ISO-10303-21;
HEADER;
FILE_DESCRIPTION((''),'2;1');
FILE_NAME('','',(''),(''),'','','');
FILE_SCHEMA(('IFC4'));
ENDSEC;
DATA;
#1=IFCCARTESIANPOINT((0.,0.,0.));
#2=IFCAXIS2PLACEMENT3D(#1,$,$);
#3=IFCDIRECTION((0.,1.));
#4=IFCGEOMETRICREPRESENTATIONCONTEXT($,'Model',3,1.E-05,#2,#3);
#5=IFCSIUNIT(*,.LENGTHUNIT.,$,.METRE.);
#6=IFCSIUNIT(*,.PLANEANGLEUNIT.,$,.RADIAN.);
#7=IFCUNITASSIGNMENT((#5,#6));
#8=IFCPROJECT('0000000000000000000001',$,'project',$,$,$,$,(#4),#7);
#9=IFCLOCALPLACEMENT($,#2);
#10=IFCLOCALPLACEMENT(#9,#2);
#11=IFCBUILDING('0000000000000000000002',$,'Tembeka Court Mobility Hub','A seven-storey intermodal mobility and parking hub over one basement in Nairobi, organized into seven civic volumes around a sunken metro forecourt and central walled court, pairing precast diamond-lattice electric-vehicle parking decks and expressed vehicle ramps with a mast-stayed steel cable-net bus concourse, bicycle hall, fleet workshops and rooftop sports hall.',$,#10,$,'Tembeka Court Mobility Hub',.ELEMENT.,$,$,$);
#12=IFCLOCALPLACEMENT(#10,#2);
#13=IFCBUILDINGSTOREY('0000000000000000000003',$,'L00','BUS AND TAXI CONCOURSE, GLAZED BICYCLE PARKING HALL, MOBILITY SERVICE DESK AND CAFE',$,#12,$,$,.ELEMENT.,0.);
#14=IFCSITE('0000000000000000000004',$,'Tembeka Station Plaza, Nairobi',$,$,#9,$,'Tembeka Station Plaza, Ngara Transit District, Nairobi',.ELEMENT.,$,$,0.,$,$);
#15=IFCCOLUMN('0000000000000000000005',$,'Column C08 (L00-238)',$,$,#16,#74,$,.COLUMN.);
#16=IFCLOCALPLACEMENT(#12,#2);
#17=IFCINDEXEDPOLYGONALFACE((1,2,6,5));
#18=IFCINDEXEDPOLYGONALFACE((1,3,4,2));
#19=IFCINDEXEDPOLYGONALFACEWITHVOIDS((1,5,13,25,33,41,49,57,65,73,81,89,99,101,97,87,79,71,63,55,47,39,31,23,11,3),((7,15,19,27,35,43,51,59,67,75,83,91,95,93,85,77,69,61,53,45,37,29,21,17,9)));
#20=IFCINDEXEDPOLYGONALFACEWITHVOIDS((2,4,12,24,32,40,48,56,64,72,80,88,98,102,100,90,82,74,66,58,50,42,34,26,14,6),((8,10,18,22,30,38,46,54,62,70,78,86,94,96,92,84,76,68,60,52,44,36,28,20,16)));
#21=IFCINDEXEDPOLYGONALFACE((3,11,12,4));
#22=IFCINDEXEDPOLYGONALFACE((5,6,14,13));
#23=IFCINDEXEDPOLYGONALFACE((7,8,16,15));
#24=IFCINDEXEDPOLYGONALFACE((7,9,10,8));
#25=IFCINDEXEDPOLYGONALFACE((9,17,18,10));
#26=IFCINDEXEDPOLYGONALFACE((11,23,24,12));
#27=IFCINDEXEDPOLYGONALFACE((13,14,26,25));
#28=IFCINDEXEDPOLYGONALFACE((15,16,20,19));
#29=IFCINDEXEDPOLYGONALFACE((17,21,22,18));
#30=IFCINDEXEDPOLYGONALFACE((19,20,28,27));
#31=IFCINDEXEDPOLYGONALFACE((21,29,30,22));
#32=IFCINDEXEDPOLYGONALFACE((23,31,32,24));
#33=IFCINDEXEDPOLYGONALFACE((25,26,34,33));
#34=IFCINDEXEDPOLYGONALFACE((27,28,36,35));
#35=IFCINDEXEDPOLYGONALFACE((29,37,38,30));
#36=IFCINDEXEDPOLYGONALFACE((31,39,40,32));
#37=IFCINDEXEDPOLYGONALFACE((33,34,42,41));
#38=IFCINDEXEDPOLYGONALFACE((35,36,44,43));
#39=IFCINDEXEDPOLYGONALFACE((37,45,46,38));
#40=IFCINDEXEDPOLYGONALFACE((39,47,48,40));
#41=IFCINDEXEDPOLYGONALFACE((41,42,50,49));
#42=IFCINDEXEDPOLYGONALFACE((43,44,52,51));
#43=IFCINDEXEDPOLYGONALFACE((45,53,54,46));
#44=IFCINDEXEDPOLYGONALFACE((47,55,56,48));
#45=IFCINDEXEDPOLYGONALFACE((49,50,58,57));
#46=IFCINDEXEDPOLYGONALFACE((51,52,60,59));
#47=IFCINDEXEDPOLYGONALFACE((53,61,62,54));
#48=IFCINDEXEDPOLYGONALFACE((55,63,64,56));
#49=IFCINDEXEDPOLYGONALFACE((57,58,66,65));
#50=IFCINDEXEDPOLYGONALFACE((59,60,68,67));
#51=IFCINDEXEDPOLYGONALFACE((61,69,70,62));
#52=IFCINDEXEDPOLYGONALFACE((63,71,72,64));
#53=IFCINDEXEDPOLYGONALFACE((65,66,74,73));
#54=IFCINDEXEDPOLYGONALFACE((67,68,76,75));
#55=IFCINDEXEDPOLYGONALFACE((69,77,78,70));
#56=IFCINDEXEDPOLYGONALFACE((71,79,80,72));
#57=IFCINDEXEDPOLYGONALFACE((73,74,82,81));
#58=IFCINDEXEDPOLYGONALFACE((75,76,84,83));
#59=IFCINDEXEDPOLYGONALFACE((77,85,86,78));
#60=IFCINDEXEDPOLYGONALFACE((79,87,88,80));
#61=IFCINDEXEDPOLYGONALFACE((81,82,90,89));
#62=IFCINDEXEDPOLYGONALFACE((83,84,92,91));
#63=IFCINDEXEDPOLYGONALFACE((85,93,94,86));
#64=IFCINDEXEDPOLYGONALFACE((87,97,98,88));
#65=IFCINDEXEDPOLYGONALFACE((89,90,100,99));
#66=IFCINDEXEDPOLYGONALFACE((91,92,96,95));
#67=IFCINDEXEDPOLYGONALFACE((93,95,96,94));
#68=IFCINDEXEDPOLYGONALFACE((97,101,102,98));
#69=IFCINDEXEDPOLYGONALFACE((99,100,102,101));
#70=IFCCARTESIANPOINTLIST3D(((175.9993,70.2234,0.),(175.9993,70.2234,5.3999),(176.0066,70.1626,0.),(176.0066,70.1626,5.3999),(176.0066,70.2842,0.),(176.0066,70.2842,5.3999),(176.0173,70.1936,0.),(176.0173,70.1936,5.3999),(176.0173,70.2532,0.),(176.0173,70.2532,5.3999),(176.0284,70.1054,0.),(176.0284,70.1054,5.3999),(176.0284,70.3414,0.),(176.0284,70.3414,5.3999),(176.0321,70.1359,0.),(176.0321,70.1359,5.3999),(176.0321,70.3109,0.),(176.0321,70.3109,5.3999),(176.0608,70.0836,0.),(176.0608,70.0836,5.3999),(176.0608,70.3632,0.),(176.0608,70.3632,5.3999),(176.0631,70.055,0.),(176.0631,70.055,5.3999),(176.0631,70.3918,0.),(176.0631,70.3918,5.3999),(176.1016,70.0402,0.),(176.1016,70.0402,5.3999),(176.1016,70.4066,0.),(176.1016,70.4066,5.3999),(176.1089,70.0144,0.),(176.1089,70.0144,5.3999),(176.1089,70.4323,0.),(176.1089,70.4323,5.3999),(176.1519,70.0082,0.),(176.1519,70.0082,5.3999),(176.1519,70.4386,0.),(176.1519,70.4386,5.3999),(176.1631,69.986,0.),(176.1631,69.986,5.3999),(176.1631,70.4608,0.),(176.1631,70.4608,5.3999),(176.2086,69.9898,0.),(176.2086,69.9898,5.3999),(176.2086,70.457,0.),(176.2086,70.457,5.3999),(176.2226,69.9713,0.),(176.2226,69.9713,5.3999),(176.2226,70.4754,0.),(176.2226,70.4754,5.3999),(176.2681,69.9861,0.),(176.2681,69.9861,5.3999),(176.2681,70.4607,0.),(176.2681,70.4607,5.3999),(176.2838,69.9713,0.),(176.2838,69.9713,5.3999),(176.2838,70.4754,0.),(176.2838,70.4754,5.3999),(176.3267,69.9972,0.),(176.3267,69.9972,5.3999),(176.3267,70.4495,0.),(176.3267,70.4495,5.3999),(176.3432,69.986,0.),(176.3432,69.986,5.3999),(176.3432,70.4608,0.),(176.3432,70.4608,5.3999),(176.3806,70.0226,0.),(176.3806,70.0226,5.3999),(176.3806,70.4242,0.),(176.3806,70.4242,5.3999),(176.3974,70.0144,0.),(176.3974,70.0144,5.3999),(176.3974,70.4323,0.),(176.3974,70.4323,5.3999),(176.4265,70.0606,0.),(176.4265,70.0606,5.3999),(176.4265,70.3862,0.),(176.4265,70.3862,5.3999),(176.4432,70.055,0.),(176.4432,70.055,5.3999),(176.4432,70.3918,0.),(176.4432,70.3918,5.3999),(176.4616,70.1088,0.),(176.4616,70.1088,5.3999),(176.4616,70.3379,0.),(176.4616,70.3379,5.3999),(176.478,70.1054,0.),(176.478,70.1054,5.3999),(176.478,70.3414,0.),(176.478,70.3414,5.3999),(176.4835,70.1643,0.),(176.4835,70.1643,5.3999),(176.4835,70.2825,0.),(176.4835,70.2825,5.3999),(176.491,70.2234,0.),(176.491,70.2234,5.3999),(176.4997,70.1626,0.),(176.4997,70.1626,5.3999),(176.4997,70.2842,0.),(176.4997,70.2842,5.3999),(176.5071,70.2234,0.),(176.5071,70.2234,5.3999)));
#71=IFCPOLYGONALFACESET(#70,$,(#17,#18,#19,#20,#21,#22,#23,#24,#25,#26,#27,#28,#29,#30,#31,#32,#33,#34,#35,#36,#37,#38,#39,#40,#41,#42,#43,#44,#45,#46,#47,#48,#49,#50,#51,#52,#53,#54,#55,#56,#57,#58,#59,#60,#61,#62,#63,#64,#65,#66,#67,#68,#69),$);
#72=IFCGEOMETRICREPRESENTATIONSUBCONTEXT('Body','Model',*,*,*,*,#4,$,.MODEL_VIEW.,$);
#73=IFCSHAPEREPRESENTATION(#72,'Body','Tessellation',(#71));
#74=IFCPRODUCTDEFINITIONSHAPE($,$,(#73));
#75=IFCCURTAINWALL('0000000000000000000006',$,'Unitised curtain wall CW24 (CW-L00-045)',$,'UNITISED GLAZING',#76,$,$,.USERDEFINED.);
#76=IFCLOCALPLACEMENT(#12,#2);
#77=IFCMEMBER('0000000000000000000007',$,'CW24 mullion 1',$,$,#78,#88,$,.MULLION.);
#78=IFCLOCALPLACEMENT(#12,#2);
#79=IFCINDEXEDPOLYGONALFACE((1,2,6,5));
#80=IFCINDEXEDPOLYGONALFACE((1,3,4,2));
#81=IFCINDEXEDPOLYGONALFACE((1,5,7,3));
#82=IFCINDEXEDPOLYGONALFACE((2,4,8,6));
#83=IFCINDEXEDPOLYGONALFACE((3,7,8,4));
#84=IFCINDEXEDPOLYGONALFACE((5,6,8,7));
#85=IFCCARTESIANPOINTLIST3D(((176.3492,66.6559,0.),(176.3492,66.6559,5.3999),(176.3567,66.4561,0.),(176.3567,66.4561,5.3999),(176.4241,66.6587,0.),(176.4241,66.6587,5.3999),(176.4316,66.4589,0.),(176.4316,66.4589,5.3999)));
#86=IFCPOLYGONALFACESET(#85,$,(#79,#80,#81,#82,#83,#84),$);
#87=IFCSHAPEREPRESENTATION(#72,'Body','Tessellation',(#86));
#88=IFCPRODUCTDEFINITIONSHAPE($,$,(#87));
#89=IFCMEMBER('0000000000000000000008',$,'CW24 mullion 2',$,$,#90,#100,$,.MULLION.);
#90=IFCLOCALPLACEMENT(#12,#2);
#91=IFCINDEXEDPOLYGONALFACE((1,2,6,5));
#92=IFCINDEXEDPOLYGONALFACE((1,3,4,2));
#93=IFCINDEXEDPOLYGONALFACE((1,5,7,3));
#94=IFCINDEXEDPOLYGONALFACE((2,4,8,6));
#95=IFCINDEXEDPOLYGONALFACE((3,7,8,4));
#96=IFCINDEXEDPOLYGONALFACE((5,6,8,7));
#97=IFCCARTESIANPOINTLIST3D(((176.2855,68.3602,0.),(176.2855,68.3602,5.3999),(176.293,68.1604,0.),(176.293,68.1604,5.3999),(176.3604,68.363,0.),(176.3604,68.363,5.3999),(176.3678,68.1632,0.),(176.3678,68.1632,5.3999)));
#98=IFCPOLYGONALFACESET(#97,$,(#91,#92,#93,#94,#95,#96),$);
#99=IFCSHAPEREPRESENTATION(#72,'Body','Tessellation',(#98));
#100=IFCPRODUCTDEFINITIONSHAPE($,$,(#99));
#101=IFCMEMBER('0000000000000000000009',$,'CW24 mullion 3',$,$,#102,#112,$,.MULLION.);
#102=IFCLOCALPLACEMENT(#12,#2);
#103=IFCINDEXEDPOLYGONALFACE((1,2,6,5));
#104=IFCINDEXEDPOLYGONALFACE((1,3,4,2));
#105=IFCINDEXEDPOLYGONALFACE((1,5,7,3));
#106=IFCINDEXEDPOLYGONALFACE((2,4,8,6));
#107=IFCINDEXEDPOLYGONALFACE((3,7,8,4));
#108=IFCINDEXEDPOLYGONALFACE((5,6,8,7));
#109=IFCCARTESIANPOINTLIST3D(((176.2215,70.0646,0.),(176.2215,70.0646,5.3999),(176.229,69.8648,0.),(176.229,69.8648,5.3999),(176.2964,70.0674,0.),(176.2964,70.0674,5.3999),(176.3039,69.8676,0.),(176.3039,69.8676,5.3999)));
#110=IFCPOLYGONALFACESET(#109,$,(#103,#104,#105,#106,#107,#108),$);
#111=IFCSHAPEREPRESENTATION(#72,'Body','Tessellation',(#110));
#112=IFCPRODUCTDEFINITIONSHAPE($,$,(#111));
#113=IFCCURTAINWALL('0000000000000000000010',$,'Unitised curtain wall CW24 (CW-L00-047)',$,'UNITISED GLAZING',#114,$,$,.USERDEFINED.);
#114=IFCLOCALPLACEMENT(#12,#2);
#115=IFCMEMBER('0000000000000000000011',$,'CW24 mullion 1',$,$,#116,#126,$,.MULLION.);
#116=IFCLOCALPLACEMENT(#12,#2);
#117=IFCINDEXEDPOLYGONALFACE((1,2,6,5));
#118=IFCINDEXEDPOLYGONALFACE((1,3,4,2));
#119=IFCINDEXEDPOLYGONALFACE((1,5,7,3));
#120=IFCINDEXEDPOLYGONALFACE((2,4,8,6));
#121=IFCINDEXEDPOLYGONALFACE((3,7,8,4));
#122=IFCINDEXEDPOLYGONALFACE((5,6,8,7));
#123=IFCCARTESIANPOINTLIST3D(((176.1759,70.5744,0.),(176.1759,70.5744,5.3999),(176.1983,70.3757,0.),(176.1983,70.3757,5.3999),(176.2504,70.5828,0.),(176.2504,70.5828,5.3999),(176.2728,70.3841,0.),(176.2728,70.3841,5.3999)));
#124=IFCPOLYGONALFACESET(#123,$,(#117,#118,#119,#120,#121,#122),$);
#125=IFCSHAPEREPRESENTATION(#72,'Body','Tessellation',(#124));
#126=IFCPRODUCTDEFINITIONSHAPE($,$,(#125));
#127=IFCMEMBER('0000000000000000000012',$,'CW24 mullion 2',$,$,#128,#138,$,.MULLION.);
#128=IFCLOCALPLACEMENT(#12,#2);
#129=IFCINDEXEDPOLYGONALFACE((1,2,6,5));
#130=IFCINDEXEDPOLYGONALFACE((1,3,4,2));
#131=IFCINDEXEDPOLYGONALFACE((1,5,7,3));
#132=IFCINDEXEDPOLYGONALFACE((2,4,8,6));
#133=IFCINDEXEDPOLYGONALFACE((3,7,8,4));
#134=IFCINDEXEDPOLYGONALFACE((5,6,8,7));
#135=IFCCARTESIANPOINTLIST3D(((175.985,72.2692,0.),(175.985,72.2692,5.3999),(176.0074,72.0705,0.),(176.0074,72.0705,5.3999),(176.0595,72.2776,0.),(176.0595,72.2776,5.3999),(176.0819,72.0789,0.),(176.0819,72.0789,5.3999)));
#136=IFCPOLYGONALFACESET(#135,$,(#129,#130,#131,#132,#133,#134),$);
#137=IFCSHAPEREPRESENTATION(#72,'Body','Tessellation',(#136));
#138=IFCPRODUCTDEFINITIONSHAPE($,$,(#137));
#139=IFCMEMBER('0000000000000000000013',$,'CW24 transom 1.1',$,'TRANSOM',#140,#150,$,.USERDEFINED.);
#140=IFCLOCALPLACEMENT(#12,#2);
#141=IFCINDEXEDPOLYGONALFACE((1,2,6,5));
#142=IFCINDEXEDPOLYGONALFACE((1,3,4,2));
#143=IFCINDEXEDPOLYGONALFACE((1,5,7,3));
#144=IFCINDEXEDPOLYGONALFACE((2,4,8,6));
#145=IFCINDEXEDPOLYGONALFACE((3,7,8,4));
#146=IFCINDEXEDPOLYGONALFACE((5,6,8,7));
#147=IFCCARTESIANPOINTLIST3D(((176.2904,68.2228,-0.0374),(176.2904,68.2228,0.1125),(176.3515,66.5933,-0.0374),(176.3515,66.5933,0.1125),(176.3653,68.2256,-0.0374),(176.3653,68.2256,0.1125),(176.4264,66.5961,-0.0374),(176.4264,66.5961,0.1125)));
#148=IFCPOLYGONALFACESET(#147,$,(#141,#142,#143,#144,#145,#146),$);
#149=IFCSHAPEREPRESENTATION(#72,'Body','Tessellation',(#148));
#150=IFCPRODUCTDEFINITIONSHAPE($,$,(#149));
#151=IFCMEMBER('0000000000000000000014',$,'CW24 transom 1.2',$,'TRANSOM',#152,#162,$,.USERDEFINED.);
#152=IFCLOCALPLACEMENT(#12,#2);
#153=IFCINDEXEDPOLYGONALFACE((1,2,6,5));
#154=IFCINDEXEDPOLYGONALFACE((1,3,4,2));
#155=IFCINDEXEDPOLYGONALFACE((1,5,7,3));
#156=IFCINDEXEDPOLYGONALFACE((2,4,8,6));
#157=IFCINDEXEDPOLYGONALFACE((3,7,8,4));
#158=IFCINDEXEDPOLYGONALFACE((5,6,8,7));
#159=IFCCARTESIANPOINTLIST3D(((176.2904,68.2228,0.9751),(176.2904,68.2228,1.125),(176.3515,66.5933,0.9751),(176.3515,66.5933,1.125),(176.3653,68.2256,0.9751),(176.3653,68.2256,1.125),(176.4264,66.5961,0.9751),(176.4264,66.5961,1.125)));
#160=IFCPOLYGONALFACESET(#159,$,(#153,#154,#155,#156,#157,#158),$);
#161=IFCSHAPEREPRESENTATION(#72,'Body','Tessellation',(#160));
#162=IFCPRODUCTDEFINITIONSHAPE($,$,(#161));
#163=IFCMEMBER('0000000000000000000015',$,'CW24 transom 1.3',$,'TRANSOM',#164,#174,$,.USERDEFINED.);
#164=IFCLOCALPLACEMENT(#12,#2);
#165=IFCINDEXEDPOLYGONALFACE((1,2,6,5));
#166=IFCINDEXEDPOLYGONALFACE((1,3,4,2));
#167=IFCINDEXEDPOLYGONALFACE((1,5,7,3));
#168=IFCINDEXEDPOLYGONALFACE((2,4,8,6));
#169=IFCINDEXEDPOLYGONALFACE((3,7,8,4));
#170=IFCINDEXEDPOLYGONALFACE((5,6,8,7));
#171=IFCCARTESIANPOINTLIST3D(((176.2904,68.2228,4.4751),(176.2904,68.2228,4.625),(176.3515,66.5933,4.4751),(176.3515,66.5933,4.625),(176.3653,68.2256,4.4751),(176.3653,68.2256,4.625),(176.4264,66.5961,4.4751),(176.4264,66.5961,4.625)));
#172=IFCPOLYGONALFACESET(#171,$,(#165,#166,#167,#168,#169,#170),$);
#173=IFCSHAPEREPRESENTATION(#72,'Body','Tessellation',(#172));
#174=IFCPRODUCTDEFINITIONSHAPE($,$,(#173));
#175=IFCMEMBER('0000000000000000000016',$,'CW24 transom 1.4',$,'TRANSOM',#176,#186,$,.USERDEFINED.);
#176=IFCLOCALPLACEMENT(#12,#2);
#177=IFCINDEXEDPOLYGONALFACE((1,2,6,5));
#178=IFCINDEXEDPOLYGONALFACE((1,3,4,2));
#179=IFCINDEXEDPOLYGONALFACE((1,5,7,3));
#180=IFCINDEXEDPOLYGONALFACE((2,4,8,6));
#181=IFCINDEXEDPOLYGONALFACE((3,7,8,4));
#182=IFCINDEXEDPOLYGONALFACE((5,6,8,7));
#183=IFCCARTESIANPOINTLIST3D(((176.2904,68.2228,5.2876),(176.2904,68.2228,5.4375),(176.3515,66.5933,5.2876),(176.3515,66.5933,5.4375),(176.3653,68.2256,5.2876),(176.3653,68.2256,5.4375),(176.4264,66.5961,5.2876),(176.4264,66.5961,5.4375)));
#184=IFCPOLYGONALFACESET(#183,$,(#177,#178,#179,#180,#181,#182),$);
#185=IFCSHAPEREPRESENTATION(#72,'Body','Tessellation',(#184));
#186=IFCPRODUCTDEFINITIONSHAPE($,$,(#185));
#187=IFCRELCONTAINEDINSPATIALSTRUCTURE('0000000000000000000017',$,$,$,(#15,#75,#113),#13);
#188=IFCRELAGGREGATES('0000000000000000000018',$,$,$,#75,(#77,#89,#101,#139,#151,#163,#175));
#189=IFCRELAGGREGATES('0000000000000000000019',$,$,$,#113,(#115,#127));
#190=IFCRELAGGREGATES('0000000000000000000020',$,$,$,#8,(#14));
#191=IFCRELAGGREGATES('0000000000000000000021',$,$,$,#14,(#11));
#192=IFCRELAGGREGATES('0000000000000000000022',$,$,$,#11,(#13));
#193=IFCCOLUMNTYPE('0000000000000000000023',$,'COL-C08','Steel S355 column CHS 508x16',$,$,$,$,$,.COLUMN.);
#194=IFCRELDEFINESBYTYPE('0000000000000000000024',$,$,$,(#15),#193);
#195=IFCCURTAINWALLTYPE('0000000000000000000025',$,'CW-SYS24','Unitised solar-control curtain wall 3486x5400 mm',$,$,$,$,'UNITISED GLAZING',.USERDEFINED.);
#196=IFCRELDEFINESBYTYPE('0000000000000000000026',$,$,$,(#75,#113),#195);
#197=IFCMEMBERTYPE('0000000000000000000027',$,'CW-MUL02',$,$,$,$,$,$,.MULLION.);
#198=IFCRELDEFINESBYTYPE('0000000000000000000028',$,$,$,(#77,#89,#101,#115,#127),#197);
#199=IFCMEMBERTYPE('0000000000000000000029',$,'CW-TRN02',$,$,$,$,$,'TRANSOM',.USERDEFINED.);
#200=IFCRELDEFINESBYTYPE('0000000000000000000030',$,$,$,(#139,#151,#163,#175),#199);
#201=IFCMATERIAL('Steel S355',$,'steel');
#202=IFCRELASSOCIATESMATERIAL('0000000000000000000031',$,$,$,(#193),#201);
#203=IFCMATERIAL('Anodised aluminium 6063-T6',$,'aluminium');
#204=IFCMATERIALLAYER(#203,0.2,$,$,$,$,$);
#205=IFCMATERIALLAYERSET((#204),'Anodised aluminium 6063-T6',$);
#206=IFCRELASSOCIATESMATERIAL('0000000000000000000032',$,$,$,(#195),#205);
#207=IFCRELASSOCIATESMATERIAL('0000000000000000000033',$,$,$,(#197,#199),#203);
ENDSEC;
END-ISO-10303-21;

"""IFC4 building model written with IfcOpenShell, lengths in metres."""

from ifc_helpers import new_model, si_unit, direction, frame, origin, origin_2d, place, context, subcontext, project, spatial, rectangle, hollow_circle, extrude, material, layer, layer_set, material_profile, profile_set, type_object, element, aggregate, save


model = new_model("IFC4")

# Units and contexts
model_context = context("Model", 3, precision=1e-05, world=origin(), true_north=direction((0.0, 1.0)))
body_context = subcontext(model_context, "Body", "Model", "MODEL_VIEW")
ifc_project = project(units=[si_unit("LENGTHUNIT", "METRE"), si_unit("PLANEANGLEUNIT", "RADIAN")], contexts=[model_context])

# Site, building, storey
site_placement = place(None, origin())
site = spatial("IfcSite", under=ifc_project, at=site_placement, Name="Tembeka Station Plaza, Nairobi", LongName="Tembeka Station Plaza, Ngara Transit District, Nairobi", CompositionType="ELEMENT", RefElevation=0.0)
building_placement = place(site_placement, origin())
building = spatial("IfcBuilding", under=site, at=building_placement, Name="Tembeka Court Mobility Hub", Description="A seven-storey intermodal mobility and parking hub over one basement in Nairobi, organized into seven civic volumes around a sunken metro forecourt and central walled court, pairing precast diamond-lattice electric-vehicle parking decks and expressed vehicle ramps with a mast-stayed steel cable-net bus concourse, bicycle hall, fleet workshops and rooftop sports hall.", LongName="Tembeka Court Mobility Hub", CompositionType="ELEMENT")
storey_placement = place(building_placement, origin())
storey = spatial("IfcBuildingStorey", under=building, at=storey_placement, Name="L00", Description="BUS AND TAXI CONCOURSE, GLAZED BICYCLE PARKING HALL, MOBILITY SERVICE DESK AND CAFE", CompositionType="ELEMENT", Elevation=0.0)

# Column
ifc_material_1 = material(Name="Steel S355", Category="steel")
ifc_material_profile_1 = material_profile(ifc_material_1, hollow_circle(Radius=0.2539, WallThickness=0.0161, at=origin_2d()), Name="CHS 508x16")
ifc_profile_set_1 = profile_set([ifc_material_profile_1], Name="Steel S355")
column_type = type_object("IfcColumnType", Name="COL-C08", Description="Steel S355 column CHS 508x16", PredefinedType="COLUMN", material=ifc_profile_set_1)
column_placement = place(storey_placement, frame((176.2532, 70.2234, 0.0), z_axis=(0.0, 0.0, 1.0), x_axis=(1.0, 0.0, 0.0)))
element("IfcColumn", 1, at=column_placement, inside=storey, type_object=column_type, Name="Column C08 (L00-238)", PredefinedType="COLUMN", context=body_context, shape_type="SweptSolid", body=[
    extrude(hollow_circle(Radius=0.2539, WallThickness=0.0161, at=origin_2d()), origin(), (0.0, 0.0, 1.0), 5.3999),
])

# Curtain walls, members
ifc_material_2 = material(Name="Anodised aluminium 6063-T6", Category="aluminium")
ifc_layer_1 = layer(ifc_material_2, 0.2)
ifc_layer_set_1 = layer_set([ifc_layer_1], Name="Anodised aluminium 6063-T6")
curtain_wall_type = type_object("IfcCurtainWallType", Name="CW-SYS24", Description="Unitised solar-control curtain wall 3486x5400 mm", ElementType="UNITISED GLAZING", PredefinedType="USERDEFINED", material=ifc_layer_set_1)
curtain_wall_1_placement = place(storey_placement, origin())
curtain_wall_1 = element("IfcCurtainWall", 2, at=curtain_wall_1_placement, inside=storey, type_object=curtain_wall_type, Name="Unitised curtain wall CW24 (CW-L00-045)", ObjectType="UNITISED GLAZING", PredefinedType="USERDEFINED")
ifc_material_profile_2 = material_profile(ifc_material_2, rectangle(XDim=0.075, YDim=0.2, at=origin_2d()), Name="ALU-MUL 75x200")
ifc_profile_set_2 = profile_set([ifc_material_profile_2], Name="Anodised aluminium 6063-T6")
member_type_1 = type_object("IfcMemberType", Name="CW-MUL02", PredefinedType="MULLION", material=ifc_profile_set_2)
member_1_placement = place(storey_placement, frame((176.3904, 66.5574, 0.0), z_axis=(0.0, 0.0, 1.0), x_axis=(-0.9993, -0.037405, 0.0)))
member_1 = element("IfcMember", 3, at=member_1_placement, type_object=member_type_1, Name="CW24 mullion 1", PredefinedType="MULLION", context=body_context, shape_type="SweptSolid", body=[
    extrude(rectangle(XDim=0.075, YDim=0.2, at=origin_2d()), origin(), (0.0, 0.0, 1.0), 5.3999),
])
member_2_placement = place(storey_placement, frame((176.3267, 68.2617, 0.0), z_axis=(0.0, 0.0, 1.0), x_axis=(-0.9993, -0.037405, 0.0)))
member_2 = element("IfcMember", 4, at=member_2_placement, type_object=member_type_1, Name="CW24 mullion 2", PredefinedType="MULLION", context=body_context, shape_type="SweptSolid", body=[
    extrude(rectangle(XDim=0.075, YDim=0.2, at=origin_2d()), origin(), (0.0, 0.0, 1.0), 5.3999),
])
member_3_placement = place(storey_placement, frame((176.2627, 69.9661, 0.0), z_axis=(0.0, 0.0, 1.0), x_axis=(-0.9993, -0.037405, 0.0)))
member_3 = element("IfcMember", 5, at=member_3_placement, type_object=member_type_1, Name="CW24 mullion 3", PredefinedType="MULLION", context=body_context, shape_type="SweptSolid", body=[
    extrude(rectangle(XDim=0.075, YDim=0.2, at=origin_2d()), origin(), (0.0, 0.0, 1.0), 5.3999),
])
curtain_wall_2_placement = place(storey_placement, origin())
curtain_wall_2 = element("IfcCurtainWall", 6, at=curtain_wall_2_placement, inside=storey, type_object=curtain_wall_type, Name="Unitised curtain wall CW24 (CW-L00-047)", ObjectType="UNITISED GLAZING", PredefinedType="USERDEFINED")
member_4_placement = place(storey_placement, frame((176.2244, 70.4792, 0.0), z_axis=(0.0, 0.0, 1.0), x_axis=(-0.99371, -0.111987, 0.0)))
member_4 = element("IfcMember", 7, at=member_4_placement, type_object=member_type_1, Name="CW24 mullion 1", PredefinedType="MULLION", context=body_context, shape_type="SweptSolid", body=[
    extrude(rectangle(XDim=0.075, YDim=0.2, at=origin_2d()), origin(), (0.0, 0.0, 1.0), 5.3999),
])
member_5_placement = place(storey_placement, frame((176.0334, 72.1741, 0.0), z_axis=(0.0, 0.0, 1.0), x_axis=(-0.99371, -0.111987, 0.0)))
member_5 = element("IfcMember", 8, at=member_5_placement, type_object=member_type_1, Name="CW24 mullion 2", PredefinedType="MULLION", context=body_context, shape_type="SweptSolid", body=[
    extrude(rectangle(XDim=0.075, YDim=0.2, at=origin_2d()), origin(), (0.0, 0.0, 1.0), 5.3999),
])

# Members
ifc_material_profile_3 = material_profile(ifc_material_2, rectangle(XDim=0.075, YDim=0.1499, at=origin_2d()), Name="ALU-TRN 75x150")
ifc_profile_set_3 = profile_set([ifc_material_profile_3], Name="Anodised aluminium 6063-T6")
member_type_2 = type_object("IfcMemberType", Name="CW-TRN02", ElementType="TRANSOM", PredefinedType="USERDEFINED", material=ifc_profile_set_3)
member_6_placement = place(storey_placement, frame((176.3889, 66.5947, 0.0376), z_axis=(-0.037433, 0.999299, 0.0), x_axis=(-0.999299, -0.037433, 0.0)))
member_6 = element("IfcMember", 9, at=member_6_placement, type_object=member_type_2, Name="CW24 transom 1.1", ObjectType="TRANSOM", PredefinedType="USERDEFINED", context=body_context, shape_type="SweptSolid", body=[
    extrude(rectangle(XDim=0.075, YDim=0.1499, at=origin_2d()), origin(), (0.0, 0.0, 1.0), 1.6306),
])
member_7_placement = place(storey_placement, frame((176.3889, 66.5947, 1.05), z_axis=(-0.037433, 0.999299, 0.0), x_axis=(-0.999299, -0.037433, 0.0)))
member_7 = element("IfcMember", 10, at=member_7_placement, type_object=member_type_2, Name="CW24 transom 1.2", ObjectType="TRANSOM", PredefinedType="USERDEFINED", context=body_context, shape_type="SweptSolid", body=[
    extrude(rectangle(XDim=0.075, YDim=0.1499, at=origin_2d()), origin(), (0.0, 0.0, 1.0), 1.6306),
])
member_8_placement = place(storey_placement, frame((176.3889, 66.5947, 4.55), z_axis=(-0.037433, 0.999299, 0.0), x_axis=(-0.999299, -0.037433, 0.0)))
member_8 = element("IfcMember", 11, at=member_8_placement, type_object=member_type_2, Name="CW24 transom 1.3", ObjectType="TRANSOM", PredefinedType="USERDEFINED", context=body_context, shape_type="SweptSolid", body=[
    extrude(rectangle(XDim=0.075, YDim=0.1499, at=origin_2d()), origin(), (0.0, 0.0, 1.0), 1.6306),
])
member_9_placement = place(storey_placement, frame((176.3889, 66.5947, 5.3625), z_axis=(-0.037433, 0.999299, 0.0), x_axis=(-0.999299, -0.037433, 0.0)))
member_9 = element("IfcMember", 12, at=member_9_placement, type_object=member_type_2, Name="CW24 transom 1.4", ObjectType="TRANSOM", PredefinedType="USERDEFINED", context=body_context, shape_type="SweptSolid", body=[
    extrude(rectangle(XDim=0.075, YDim=0.1499, at=origin_2d()), origin(), (0.0, 0.0, 1.0), 1.6306),
])

aggregate(curtain_wall_1, [member_1, member_2, member_3, member_6, member_7, member_8, member_9])
aggregate(curtain_wall_2, [member_4, member_5])

save(model, "model.ifc")
